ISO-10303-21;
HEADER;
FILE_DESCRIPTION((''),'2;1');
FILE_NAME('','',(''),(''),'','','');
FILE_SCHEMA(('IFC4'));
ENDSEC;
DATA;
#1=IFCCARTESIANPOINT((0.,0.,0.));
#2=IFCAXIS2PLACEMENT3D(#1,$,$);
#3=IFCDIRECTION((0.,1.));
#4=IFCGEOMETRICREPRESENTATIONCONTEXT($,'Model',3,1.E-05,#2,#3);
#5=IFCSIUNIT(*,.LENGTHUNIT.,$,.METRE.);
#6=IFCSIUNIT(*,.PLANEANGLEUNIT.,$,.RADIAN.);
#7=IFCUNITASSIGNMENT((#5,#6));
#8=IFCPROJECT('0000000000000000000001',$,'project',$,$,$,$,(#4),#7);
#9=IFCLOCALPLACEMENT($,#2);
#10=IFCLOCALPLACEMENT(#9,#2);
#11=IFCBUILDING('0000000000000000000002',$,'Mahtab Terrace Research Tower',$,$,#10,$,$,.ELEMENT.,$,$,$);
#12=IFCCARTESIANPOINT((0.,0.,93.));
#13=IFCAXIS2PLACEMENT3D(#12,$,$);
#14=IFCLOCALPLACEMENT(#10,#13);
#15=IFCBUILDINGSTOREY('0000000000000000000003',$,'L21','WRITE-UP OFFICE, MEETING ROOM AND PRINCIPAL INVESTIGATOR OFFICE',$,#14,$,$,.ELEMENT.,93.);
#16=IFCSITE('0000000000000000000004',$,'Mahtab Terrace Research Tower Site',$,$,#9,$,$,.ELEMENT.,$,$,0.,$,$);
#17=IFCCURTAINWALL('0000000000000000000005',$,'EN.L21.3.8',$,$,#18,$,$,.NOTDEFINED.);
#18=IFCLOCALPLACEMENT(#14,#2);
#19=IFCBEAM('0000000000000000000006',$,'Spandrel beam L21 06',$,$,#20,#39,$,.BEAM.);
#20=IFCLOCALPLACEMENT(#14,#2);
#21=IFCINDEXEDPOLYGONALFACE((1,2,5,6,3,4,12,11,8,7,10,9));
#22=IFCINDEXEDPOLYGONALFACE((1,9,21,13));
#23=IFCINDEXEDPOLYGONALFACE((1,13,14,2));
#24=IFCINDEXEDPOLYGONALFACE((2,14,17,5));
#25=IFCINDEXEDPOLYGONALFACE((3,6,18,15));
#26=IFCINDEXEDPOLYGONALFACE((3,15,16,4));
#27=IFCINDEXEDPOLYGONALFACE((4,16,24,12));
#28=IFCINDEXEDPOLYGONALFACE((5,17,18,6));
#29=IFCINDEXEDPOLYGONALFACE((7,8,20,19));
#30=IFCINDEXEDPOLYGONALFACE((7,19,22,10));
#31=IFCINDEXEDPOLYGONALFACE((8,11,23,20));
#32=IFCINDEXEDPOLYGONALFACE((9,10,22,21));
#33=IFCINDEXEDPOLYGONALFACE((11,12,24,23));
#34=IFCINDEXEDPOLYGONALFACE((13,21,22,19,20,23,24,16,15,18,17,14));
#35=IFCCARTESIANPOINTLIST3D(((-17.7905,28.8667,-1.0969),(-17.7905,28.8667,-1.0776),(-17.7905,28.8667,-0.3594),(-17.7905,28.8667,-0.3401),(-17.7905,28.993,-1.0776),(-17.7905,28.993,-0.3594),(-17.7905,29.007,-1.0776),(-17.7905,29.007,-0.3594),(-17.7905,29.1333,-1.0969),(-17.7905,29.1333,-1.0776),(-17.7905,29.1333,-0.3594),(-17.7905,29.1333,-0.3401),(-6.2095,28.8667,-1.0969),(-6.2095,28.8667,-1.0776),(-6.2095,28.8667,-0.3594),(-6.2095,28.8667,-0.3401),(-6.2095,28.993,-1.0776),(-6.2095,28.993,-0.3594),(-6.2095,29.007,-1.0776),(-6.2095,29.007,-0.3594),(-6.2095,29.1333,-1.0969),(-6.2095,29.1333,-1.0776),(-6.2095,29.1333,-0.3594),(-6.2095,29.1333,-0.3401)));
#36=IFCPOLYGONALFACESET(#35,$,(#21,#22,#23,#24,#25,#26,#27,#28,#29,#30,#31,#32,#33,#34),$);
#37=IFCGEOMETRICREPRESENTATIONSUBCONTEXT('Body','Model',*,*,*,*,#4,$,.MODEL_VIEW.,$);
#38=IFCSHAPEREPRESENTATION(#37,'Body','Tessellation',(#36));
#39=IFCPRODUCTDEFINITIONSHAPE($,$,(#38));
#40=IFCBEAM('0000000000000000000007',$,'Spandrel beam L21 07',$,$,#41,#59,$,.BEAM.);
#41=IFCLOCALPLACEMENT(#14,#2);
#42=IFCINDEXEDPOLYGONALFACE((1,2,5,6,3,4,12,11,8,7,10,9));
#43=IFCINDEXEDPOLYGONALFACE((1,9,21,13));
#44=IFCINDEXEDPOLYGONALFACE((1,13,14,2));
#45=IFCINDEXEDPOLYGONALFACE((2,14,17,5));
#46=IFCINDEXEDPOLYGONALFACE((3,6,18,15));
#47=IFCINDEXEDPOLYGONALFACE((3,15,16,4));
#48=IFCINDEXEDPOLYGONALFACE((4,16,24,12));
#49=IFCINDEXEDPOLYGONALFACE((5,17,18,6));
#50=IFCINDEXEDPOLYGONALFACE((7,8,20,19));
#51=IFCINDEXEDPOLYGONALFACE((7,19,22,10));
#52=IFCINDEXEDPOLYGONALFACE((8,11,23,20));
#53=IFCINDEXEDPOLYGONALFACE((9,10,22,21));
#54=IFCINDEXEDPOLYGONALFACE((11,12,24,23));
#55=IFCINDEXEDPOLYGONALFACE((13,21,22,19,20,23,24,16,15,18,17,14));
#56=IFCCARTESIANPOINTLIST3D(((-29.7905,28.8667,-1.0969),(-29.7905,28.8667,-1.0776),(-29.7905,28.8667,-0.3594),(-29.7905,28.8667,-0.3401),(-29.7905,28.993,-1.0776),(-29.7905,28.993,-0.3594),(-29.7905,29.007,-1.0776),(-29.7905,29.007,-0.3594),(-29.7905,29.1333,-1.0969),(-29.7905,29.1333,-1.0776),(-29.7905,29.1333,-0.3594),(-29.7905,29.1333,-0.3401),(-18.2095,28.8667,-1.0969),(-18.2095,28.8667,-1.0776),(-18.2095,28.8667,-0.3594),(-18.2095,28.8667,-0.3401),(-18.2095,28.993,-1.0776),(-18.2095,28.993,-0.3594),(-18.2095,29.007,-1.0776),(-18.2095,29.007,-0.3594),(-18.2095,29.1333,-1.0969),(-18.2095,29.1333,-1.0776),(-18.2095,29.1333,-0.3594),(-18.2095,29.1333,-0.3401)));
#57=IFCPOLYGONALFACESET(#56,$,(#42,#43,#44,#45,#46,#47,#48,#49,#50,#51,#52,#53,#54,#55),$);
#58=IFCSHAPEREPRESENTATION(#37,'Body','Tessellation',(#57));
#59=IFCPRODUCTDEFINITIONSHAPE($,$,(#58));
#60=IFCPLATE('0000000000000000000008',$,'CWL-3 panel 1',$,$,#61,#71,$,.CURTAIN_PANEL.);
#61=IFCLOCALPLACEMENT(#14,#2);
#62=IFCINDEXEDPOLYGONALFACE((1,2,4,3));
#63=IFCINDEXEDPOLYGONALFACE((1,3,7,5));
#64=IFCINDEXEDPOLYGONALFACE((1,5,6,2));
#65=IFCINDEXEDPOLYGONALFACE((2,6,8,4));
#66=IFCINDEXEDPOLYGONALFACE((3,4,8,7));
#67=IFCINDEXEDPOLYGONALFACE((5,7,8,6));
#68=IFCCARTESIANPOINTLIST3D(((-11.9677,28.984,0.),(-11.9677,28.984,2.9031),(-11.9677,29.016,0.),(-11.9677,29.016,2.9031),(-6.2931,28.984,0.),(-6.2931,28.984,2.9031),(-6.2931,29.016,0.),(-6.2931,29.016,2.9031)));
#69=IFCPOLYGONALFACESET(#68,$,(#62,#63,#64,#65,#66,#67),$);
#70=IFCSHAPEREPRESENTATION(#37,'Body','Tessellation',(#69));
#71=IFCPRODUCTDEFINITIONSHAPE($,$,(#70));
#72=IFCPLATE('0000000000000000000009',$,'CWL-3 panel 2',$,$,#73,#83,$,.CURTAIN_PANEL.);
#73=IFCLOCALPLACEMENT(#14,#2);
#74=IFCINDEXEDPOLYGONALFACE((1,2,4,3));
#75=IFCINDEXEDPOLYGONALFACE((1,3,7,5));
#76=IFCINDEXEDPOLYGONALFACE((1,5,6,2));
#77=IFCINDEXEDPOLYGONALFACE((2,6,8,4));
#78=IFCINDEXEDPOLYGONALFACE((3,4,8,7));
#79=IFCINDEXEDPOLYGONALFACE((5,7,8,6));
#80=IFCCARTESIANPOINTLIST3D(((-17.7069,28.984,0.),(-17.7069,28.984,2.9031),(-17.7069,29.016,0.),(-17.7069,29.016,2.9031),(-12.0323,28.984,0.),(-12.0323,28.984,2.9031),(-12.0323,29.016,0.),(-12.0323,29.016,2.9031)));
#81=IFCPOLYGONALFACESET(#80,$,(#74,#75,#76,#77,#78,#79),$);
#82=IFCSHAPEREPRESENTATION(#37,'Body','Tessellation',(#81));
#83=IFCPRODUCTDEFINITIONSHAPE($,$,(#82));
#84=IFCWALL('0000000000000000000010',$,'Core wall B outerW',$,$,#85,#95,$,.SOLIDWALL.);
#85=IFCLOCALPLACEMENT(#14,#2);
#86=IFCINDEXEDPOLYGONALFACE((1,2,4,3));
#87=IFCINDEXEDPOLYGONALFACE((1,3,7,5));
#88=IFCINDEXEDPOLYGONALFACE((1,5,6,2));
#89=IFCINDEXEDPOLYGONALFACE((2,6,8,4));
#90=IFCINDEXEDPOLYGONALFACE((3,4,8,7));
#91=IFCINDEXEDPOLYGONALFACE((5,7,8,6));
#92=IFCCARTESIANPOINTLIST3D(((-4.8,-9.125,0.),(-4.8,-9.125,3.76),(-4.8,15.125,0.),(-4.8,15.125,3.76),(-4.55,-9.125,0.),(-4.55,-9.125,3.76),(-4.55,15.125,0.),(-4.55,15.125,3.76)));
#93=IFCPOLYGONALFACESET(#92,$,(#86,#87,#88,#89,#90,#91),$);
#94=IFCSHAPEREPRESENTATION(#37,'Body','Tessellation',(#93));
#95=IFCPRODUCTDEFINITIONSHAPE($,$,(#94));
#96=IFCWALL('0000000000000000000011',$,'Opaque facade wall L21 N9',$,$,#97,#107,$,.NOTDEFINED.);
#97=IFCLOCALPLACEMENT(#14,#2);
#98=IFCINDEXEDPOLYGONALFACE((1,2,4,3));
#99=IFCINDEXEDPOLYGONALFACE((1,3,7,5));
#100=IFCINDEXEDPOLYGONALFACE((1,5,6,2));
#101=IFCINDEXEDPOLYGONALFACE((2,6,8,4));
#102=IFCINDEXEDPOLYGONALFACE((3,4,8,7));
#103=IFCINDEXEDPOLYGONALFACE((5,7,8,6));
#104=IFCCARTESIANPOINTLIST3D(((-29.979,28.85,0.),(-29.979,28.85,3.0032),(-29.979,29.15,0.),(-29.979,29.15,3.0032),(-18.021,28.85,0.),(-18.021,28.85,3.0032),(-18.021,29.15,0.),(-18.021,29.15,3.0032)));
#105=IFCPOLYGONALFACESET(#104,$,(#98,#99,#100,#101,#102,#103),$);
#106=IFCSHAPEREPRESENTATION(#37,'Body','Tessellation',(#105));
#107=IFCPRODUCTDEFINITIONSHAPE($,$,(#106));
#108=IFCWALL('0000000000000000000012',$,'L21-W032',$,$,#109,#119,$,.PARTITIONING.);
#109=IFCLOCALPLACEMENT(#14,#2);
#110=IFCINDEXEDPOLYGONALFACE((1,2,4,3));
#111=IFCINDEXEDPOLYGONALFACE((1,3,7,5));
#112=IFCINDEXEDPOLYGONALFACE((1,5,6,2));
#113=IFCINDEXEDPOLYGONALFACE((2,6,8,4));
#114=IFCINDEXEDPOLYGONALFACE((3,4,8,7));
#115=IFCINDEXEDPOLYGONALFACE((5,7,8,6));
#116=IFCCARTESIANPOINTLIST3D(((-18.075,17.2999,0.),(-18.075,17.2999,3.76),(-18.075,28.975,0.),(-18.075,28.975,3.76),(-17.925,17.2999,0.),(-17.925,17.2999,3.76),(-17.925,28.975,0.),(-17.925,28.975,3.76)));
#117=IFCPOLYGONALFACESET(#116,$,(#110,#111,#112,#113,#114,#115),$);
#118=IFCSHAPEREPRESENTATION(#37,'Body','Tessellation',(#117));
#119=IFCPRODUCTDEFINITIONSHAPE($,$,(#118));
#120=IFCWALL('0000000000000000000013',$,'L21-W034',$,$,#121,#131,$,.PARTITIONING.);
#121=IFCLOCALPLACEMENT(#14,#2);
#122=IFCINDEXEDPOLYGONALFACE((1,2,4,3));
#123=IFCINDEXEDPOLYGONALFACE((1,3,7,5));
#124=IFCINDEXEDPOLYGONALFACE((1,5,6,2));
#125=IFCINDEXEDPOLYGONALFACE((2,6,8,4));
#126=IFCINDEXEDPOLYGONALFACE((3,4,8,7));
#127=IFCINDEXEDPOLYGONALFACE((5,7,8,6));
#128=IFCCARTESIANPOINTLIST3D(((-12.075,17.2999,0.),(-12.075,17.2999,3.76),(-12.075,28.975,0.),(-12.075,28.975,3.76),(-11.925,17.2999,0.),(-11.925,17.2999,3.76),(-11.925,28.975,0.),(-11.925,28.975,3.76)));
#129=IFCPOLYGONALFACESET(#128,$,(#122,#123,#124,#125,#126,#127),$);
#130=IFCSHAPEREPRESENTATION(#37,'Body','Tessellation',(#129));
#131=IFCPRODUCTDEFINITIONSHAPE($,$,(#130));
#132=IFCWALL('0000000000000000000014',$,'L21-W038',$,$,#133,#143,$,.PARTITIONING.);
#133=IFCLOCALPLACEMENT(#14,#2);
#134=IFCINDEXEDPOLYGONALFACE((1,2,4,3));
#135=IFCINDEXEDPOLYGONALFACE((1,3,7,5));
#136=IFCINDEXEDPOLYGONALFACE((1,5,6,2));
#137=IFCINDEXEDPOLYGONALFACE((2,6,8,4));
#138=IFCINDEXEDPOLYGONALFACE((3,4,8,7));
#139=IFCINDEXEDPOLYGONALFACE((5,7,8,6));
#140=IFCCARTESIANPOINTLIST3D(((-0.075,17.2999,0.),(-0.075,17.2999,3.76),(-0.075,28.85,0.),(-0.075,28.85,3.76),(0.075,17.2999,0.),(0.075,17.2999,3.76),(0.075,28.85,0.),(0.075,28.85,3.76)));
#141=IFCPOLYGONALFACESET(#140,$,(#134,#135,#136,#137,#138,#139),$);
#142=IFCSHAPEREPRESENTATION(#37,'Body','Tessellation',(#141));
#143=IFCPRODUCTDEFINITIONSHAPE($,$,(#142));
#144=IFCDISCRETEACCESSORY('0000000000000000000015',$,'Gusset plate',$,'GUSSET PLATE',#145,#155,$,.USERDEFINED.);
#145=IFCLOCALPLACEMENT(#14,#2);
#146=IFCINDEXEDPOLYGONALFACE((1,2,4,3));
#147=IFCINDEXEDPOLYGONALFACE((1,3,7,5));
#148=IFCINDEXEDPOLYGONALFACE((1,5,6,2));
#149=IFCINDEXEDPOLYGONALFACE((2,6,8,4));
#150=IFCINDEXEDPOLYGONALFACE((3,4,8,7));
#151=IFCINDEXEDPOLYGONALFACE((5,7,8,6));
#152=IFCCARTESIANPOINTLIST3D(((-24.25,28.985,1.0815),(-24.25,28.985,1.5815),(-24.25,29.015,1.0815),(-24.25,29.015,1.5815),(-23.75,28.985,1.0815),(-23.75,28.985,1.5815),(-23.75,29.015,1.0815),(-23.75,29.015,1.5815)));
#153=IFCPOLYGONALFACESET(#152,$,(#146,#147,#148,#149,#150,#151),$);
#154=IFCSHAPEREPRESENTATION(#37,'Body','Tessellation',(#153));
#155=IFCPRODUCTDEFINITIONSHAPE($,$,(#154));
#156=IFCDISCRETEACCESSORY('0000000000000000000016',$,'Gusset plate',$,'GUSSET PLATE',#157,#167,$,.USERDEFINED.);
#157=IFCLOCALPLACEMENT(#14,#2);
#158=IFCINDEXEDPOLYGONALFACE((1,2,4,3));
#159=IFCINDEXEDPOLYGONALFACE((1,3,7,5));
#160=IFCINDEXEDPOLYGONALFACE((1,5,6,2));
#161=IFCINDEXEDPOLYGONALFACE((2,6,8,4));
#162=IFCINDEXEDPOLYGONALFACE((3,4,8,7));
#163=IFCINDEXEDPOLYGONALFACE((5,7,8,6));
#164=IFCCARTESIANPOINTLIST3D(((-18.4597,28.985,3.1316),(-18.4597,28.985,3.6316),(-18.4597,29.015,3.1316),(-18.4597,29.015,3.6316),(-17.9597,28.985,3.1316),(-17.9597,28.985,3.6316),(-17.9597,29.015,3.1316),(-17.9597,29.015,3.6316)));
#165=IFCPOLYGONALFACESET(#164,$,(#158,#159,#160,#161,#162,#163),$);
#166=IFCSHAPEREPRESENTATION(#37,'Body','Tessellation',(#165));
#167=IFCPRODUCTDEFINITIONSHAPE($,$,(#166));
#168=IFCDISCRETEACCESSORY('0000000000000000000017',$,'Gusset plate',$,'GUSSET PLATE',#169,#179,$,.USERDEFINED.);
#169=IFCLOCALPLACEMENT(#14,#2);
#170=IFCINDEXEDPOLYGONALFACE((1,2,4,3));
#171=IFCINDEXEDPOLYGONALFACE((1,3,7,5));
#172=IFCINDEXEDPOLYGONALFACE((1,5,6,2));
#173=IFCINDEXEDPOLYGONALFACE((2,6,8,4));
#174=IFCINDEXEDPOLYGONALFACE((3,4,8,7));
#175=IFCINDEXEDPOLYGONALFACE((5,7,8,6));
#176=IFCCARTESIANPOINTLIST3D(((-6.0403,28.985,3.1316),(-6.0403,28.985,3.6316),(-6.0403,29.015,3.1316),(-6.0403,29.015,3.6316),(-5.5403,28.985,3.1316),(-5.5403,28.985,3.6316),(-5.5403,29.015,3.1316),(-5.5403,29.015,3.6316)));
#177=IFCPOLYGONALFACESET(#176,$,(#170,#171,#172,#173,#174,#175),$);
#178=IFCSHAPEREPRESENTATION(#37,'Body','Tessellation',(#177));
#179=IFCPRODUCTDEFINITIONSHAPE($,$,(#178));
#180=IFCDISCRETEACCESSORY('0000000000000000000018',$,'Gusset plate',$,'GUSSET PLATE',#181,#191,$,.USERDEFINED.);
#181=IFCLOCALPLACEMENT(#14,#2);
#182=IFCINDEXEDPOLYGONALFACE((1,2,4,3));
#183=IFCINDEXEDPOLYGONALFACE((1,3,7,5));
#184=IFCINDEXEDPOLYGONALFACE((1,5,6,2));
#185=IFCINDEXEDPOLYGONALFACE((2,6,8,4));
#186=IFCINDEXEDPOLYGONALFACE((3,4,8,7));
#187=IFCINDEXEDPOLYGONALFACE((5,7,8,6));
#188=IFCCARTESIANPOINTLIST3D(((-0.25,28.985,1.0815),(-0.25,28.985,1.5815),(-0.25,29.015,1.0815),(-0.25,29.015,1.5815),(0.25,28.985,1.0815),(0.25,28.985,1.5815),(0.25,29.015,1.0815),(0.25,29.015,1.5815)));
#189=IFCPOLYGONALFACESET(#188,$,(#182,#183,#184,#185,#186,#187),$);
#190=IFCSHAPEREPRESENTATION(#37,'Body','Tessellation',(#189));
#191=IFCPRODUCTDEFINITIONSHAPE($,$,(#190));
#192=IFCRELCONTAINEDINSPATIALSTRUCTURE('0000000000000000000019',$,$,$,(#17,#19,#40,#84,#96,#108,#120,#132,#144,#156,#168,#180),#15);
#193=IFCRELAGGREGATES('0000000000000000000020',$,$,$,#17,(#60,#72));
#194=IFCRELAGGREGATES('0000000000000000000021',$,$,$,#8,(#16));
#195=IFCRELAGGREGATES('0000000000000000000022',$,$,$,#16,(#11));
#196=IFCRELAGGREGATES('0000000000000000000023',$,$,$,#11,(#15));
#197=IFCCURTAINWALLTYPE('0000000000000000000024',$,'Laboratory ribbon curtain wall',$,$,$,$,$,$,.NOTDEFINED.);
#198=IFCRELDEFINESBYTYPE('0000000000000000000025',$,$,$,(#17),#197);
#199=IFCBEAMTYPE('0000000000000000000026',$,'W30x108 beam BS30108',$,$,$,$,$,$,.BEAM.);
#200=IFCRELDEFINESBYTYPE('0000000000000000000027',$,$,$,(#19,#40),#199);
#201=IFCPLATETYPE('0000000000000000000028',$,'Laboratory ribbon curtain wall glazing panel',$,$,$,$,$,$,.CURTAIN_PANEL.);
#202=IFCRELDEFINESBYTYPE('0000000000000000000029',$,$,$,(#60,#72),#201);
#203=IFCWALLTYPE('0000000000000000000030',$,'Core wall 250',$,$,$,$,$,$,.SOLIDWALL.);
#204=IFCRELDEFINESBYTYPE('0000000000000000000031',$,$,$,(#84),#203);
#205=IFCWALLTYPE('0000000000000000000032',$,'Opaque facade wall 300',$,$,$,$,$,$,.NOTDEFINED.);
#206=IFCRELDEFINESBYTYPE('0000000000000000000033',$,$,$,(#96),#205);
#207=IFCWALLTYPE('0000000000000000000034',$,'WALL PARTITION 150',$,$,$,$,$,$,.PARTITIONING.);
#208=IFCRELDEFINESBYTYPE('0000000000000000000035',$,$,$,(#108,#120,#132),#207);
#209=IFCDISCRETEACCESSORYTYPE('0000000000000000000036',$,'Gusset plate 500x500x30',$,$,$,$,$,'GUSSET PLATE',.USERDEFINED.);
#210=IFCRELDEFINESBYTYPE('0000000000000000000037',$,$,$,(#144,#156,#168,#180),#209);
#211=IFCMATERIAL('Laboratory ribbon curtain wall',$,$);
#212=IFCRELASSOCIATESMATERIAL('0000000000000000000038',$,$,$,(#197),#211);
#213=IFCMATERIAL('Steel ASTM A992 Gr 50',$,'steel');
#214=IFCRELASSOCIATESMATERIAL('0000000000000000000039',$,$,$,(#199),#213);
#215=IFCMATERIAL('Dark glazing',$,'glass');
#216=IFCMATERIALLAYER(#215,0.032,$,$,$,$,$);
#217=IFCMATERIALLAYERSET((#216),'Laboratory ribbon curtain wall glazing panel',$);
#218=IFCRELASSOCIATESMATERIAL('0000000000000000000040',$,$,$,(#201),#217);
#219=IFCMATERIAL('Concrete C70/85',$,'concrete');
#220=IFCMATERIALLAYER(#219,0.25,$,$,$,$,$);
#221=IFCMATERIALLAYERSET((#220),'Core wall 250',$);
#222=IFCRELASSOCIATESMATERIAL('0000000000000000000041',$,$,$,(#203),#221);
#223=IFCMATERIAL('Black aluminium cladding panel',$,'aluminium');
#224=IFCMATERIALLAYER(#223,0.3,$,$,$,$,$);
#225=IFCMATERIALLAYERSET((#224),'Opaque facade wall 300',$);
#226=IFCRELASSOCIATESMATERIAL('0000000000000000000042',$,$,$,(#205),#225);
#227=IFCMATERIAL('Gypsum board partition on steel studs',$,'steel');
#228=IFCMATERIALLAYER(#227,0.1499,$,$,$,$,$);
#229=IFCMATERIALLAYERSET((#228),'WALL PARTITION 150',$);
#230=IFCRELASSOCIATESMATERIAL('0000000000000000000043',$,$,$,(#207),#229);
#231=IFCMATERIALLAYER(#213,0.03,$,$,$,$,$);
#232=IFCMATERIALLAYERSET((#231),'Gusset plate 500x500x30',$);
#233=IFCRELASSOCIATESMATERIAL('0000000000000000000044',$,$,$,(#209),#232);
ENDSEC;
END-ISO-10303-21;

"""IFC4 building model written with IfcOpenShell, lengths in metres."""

from ifc_helpers import new_model, si_unit, direction, frame, frame_2d, origin, origin_2d, place, context, subcontext, project, spatial, rectangle, i_section, extrude, material, layer, layer_set, material_profile, profile_set, type_object, element, aggregate, save


model = new_model("IFC4")

# Units and contexts
model_context = context("Model", 3, precision=1e-05, world=origin(), true_north=direction((0.0, 1.0)))
body_context = subcontext(model_context, "Body", "Model", "MODEL_VIEW")
ifc_project = project(units=[si_unit("LENGTHUNIT", "METRE"), si_unit("PLANEANGLEUNIT", "RADIAN")], contexts=[model_context])

# Site, building, storey
site_placement = place(None, origin())
site = spatial("IfcSite", under=ifc_project, at=site_placement, Name="Mahtab Terrace Research Tower Site", CompositionType="ELEMENT", RefElevation=0.0)
building_placement = place(site_placement, origin())
building = spatial("IfcBuilding", under=site, at=building_placement, Name="Mahtab Terrace Research Tower", CompositionType="ELEMENT")
storey_placement = place(building_placement, frame((0.0, 0.0, 93.0)))
storey = spatial("IfcBuildingStorey", under=building, at=storey_placement, Name="L21", Description="WRITE-UP OFFICE, MEETING ROOM AND PRINCIPAL INVESTIGATOR OFFICE", CompositionType="ELEMENT", Elevation=93.0)

# Shared definitions
ifc_material_1 = material(Name="Steel ASTM A992 Gr 50", Category="steel")

# Curtain wall
ifc_material_2 = material(Name="Laboratory ribbon curtain wall")
curtain_wall_type = type_object("IfcCurtainWallType", Name="Laboratory ribbon curtain wall", PredefinedType="NOTDEFINED", material=ifc_material_2)
curtain_wall_placement = place(storey_placement, origin())
curtain_wall = element("IfcCurtainWall", 1, at=curtain_wall_placement, inside=storey, type_object=curtain_wall_type, Name="EN.L21.3.8", PredefinedType="NOTDEFINED")

# Beams
ifc_material_profile_1 = material_profile(ifc_material_1, i_section(OverallWidth=0.2666, OverallDepth=0.7568, WebThickness=0.0139, FlangeThickness=0.0193, at=origin_2d()), Name="W30X108")
ifc_profile_set_1 = profile_set([ifc_material_profile_1], Name="Steel ASTM A992 Gr 50")
beam_type = type_object("IfcBeamType", Name="W30x108 beam BS30108", PredefinedType="BEAM", material=ifc_profile_set_1)
for number, where, z_axis, x_axis, name in (
    (2, (-6.2095, 29.0, -0.7185), (-1.0, 0.0, 0.0), (0.0, -1.0, 0.0), "Spandrel beam L21 06"),
    (3, (-18.2095, 29.0, -0.7185), (-1.0, 0.0, 0.0), (0.0, -1.0, 0.0), "Spandrel beam L21 07"),
):
    element("IfcBeam", number, at=place(storey_placement, frame(where, z_axis=z_axis, x_axis=x_axis)), inside=storey, type_object=beam_type, Name=name, PredefinedType="BEAM", context=body_context, shape_type="SweptSolid", body=[
        extrude(i_section(OverallWidth=0.2666, OverallDepth=0.7568, WebThickness=0.0139, FlangeThickness=0.0193, at=origin_2d()), origin(), (0.0, 0.0, 1.0), 11.5811),
    ])

# Plates
ifc_material_3 = material(Name="Dark glazing", Category="glass")
ifc_layer_1 = layer(ifc_material_3, 0.032)
ifc_layer_set_1 = layer_set([ifc_layer_1], Name="Laboratory ribbon curtain wall glazing panel")
plate_type = type_object("IfcPlateType", Name="Laboratory ribbon curtain wall glazing panel", PredefinedType="CURTAIN_PANEL", material=ifc_layer_set_1)
plate_1_placement = place(storey_placement, frame((-9.1304, 29.0, 0.0), z_axis=(0.0, 0.0, 1.0), x_axis=(-1.0, 0.0, 0.0)))
plate_1 = element("IfcPlate", 4, at=plate_1_placement, type_object=plate_type, Name="CWL-3 panel 1", PredefinedType="CURTAIN_PANEL", context=body_context, shape_type="SweptSolid", body=[
    extrude(rectangle(XDim=5.6746, YDim=0.032, at=origin_2d()), origin(), (0.0, 0.0, 1.0), 2.9031),
])
plate_2_placement = place(storey_placement, frame((-14.8696, 29.0, 0.0), z_axis=(0.0, 0.0, 1.0), x_axis=(-1.0, 0.0, 0.0)))
plate_2 = element("IfcPlate", 5, at=plate_2_placement, type_object=plate_type, Name="CWL-3 panel 2", PredefinedType="CURTAIN_PANEL", context=body_context, shape_type="SweptSolid", body=[
    extrude(rectangle(XDim=5.6746, YDim=0.032, at=origin_2d()), origin(), (0.0, 0.0, 1.0), 2.9031),
])
aggregate(curtain_wall, [plate_1, plate_2])

# Walls
ifc_material_4 = material(Name="Concrete C70/85", Category="concrete")
ifc_layer_2 = layer(ifc_material_4, 0.25)
ifc_layer_set_2 = layer_set([ifc_layer_2], Name="Core wall 250")
wall_type_1 = type_object("IfcWallType", Name="Core wall 250", PredefinedType="SOLIDWALL", material=ifc_layer_set_2)
wall_1_placement = place(storey_placement, frame((-4.675, 15.125, 0.0), z_axis=(0.0, 0.0, 1.0), x_axis=(0.0, -1.0, 0.0)))
element("IfcWall", 6, at=wall_1_placement, inside=storey, type_object=wall_type_1, Name="Core wall B outerW", PredefinedType="SOLIDWALL", context=body_context, shape_type="SweptSolid", body=[
    extrude(rectangle(XDim=24.25, YDim=0.25, at=frame_2d((12.125, 0.0))), origin(), (0.0, 0.0, 1.0), 3.76),
])
ifc_material_5 = material(Name="Black aluminium cladding panel", Category="aluminium")
ifc_layer_3 = layer(ifc_material_5, 0.3)
ifc_layer_set_3 = layer_set([ifc_layer_3], Name="Opaque facade wall 300")
wall_type_2 = type_object("IfcWallType", Name="Opaque facade wall 300", PredefinedType="NOTDEFINED", material=ifc_layer_set_3)
wall_2_placement = place(storey_placement, frame((-18.021, 29.0, 0.0), z_axis=(0.0, 0.0, 1.0), x_axis=(-1.0, 0.0, 0.0)))
element("IfcWall", 7, at=wall_2_placement, inside=storey, type_object=wall_type_2, Name="Opaque facade wall L21 N9", PredefinedType="NOTDEFINED", context=body_context, shape_type="SweptSolid", body=[
    extrude(rectangle(XDim=11.958, YDim=0.3, at=frame_2d((5.979, 0.0))), origin(), (0.0, 0.0, 1.0), 3.0032),
])
ifc_material_6 = material(Name="Gypsum board partition on steel studs", Category="steel")
ifc_layer_4 = layer(ifc_material_6, 0.1499)
ifc_layer_set_4 = layer_set([ifc_layer_4], Name="WALL PARTITION 150")
wall_type_3 = type_object("IfcWallType", Name="WALL PARTITION 150", PredefinedType="PARTITIONING", material=ifc_layer_set_4)
for number, where, z_axis, x_axis, name in (
    (8, (-18.0, 17.3, 0.0), (0.0, 0.0, 1.0), (0.0, 1.0, 0.0), "L21-W032"),
    (9, (-12.0, 17.3, 0.0), (0.0, 0.0, 1.0), (0.0, 1.0, 0.0), "L21-W034"),
):
    element("IfcWall", number, at=place(storey_placement, frame(where, z_axis=z_axis, x_axis=x_axis)), inside=storey, type_object=wall_type_3, Name=name, PredefinedType="PARTITIONING", context=body_context, shape_type="SweptSolid", body=[
        extrude(rectangle(XDim=11.675, YDim=0.1499, at=frame_2d((5.8374, 0.0))), origin(), (0.0, 0.0, 1.0), 3.76),
    ])
wall_3_placement = place(storey_placement, frame((0.0, 17.3, 0.0), z_axis=(0.0, 0.0, 1.0), x_axis=(0.0, 1.0, 0.0)))
element("IfcWall", 10, at=wall_3_placement, inside=storey, type_object=wall_type_3, Name="L21-W038", PredefinedType="PARTITIONING", context=body_context, shape_type="SweptSolid", body=[
    extrude(rectangle(XDim=11.55, YDim=0.1499, at=frame_2d((5.7749, 0.0))), origin(), (0.0, 0.0, 1.0), 3.76),
])

# Discrete accessories
ifc_layer_5 = layer(ifc_material_1, 0.03)
ifc_layer_set_5 = layer_set([ifc_layer_5], Name="Gusset plate 500x500x30")
discrete_accessory_type = type_object("IfcDiscreteAccessoryType", Name="Gusset plate 500x500x30", ElementType="GUSSET PLATE", PredefinedType="USERDEFINED", material=ifc_layer_set_5)
for number, where, z_axis, x_axis, name in (
    (11, (-24.0, 29.0, 1.0815), (0.0, 0.0, 1.0), (1.0, 0.0, 0.0), "Gusset plate"),
    (12, (-18.2097, 29.0, 3.1316), (0.0, 0.0, 1.0), (1.0, 0.0, 0.0), "Gusset plate"),
    (13, (-5.7903, 29.0, 3.1316), (0.0, 0.0, 1.0), (1.0, 0.0, 0.0), "Gusset plate"),
    (14, (0.0, 29.0, 1.0815), (0.0, 0.0, 1.0), (1.0, 0.0, 0.0), "Gusset plate"),
):
    element("IfcDiscreteAccessory", number, at=place(storey_placement, frame(where, z_axis=z_axis, x_axis=x_axis)), inside=storey, type_object=discrete_accessory_type, Name=name, ObjectType="GUSSET PLATE", PredefinedType="USERDEFINED", context=body_context, shape_type="SweptSolid", body=[
        extrude(rectangle(XDim=0.5, YDim=0.03, at=origin_2d()), origin(), (0.0, 0.0, 1.0), 0.5),
    ])

save(model, "model.ifc")
